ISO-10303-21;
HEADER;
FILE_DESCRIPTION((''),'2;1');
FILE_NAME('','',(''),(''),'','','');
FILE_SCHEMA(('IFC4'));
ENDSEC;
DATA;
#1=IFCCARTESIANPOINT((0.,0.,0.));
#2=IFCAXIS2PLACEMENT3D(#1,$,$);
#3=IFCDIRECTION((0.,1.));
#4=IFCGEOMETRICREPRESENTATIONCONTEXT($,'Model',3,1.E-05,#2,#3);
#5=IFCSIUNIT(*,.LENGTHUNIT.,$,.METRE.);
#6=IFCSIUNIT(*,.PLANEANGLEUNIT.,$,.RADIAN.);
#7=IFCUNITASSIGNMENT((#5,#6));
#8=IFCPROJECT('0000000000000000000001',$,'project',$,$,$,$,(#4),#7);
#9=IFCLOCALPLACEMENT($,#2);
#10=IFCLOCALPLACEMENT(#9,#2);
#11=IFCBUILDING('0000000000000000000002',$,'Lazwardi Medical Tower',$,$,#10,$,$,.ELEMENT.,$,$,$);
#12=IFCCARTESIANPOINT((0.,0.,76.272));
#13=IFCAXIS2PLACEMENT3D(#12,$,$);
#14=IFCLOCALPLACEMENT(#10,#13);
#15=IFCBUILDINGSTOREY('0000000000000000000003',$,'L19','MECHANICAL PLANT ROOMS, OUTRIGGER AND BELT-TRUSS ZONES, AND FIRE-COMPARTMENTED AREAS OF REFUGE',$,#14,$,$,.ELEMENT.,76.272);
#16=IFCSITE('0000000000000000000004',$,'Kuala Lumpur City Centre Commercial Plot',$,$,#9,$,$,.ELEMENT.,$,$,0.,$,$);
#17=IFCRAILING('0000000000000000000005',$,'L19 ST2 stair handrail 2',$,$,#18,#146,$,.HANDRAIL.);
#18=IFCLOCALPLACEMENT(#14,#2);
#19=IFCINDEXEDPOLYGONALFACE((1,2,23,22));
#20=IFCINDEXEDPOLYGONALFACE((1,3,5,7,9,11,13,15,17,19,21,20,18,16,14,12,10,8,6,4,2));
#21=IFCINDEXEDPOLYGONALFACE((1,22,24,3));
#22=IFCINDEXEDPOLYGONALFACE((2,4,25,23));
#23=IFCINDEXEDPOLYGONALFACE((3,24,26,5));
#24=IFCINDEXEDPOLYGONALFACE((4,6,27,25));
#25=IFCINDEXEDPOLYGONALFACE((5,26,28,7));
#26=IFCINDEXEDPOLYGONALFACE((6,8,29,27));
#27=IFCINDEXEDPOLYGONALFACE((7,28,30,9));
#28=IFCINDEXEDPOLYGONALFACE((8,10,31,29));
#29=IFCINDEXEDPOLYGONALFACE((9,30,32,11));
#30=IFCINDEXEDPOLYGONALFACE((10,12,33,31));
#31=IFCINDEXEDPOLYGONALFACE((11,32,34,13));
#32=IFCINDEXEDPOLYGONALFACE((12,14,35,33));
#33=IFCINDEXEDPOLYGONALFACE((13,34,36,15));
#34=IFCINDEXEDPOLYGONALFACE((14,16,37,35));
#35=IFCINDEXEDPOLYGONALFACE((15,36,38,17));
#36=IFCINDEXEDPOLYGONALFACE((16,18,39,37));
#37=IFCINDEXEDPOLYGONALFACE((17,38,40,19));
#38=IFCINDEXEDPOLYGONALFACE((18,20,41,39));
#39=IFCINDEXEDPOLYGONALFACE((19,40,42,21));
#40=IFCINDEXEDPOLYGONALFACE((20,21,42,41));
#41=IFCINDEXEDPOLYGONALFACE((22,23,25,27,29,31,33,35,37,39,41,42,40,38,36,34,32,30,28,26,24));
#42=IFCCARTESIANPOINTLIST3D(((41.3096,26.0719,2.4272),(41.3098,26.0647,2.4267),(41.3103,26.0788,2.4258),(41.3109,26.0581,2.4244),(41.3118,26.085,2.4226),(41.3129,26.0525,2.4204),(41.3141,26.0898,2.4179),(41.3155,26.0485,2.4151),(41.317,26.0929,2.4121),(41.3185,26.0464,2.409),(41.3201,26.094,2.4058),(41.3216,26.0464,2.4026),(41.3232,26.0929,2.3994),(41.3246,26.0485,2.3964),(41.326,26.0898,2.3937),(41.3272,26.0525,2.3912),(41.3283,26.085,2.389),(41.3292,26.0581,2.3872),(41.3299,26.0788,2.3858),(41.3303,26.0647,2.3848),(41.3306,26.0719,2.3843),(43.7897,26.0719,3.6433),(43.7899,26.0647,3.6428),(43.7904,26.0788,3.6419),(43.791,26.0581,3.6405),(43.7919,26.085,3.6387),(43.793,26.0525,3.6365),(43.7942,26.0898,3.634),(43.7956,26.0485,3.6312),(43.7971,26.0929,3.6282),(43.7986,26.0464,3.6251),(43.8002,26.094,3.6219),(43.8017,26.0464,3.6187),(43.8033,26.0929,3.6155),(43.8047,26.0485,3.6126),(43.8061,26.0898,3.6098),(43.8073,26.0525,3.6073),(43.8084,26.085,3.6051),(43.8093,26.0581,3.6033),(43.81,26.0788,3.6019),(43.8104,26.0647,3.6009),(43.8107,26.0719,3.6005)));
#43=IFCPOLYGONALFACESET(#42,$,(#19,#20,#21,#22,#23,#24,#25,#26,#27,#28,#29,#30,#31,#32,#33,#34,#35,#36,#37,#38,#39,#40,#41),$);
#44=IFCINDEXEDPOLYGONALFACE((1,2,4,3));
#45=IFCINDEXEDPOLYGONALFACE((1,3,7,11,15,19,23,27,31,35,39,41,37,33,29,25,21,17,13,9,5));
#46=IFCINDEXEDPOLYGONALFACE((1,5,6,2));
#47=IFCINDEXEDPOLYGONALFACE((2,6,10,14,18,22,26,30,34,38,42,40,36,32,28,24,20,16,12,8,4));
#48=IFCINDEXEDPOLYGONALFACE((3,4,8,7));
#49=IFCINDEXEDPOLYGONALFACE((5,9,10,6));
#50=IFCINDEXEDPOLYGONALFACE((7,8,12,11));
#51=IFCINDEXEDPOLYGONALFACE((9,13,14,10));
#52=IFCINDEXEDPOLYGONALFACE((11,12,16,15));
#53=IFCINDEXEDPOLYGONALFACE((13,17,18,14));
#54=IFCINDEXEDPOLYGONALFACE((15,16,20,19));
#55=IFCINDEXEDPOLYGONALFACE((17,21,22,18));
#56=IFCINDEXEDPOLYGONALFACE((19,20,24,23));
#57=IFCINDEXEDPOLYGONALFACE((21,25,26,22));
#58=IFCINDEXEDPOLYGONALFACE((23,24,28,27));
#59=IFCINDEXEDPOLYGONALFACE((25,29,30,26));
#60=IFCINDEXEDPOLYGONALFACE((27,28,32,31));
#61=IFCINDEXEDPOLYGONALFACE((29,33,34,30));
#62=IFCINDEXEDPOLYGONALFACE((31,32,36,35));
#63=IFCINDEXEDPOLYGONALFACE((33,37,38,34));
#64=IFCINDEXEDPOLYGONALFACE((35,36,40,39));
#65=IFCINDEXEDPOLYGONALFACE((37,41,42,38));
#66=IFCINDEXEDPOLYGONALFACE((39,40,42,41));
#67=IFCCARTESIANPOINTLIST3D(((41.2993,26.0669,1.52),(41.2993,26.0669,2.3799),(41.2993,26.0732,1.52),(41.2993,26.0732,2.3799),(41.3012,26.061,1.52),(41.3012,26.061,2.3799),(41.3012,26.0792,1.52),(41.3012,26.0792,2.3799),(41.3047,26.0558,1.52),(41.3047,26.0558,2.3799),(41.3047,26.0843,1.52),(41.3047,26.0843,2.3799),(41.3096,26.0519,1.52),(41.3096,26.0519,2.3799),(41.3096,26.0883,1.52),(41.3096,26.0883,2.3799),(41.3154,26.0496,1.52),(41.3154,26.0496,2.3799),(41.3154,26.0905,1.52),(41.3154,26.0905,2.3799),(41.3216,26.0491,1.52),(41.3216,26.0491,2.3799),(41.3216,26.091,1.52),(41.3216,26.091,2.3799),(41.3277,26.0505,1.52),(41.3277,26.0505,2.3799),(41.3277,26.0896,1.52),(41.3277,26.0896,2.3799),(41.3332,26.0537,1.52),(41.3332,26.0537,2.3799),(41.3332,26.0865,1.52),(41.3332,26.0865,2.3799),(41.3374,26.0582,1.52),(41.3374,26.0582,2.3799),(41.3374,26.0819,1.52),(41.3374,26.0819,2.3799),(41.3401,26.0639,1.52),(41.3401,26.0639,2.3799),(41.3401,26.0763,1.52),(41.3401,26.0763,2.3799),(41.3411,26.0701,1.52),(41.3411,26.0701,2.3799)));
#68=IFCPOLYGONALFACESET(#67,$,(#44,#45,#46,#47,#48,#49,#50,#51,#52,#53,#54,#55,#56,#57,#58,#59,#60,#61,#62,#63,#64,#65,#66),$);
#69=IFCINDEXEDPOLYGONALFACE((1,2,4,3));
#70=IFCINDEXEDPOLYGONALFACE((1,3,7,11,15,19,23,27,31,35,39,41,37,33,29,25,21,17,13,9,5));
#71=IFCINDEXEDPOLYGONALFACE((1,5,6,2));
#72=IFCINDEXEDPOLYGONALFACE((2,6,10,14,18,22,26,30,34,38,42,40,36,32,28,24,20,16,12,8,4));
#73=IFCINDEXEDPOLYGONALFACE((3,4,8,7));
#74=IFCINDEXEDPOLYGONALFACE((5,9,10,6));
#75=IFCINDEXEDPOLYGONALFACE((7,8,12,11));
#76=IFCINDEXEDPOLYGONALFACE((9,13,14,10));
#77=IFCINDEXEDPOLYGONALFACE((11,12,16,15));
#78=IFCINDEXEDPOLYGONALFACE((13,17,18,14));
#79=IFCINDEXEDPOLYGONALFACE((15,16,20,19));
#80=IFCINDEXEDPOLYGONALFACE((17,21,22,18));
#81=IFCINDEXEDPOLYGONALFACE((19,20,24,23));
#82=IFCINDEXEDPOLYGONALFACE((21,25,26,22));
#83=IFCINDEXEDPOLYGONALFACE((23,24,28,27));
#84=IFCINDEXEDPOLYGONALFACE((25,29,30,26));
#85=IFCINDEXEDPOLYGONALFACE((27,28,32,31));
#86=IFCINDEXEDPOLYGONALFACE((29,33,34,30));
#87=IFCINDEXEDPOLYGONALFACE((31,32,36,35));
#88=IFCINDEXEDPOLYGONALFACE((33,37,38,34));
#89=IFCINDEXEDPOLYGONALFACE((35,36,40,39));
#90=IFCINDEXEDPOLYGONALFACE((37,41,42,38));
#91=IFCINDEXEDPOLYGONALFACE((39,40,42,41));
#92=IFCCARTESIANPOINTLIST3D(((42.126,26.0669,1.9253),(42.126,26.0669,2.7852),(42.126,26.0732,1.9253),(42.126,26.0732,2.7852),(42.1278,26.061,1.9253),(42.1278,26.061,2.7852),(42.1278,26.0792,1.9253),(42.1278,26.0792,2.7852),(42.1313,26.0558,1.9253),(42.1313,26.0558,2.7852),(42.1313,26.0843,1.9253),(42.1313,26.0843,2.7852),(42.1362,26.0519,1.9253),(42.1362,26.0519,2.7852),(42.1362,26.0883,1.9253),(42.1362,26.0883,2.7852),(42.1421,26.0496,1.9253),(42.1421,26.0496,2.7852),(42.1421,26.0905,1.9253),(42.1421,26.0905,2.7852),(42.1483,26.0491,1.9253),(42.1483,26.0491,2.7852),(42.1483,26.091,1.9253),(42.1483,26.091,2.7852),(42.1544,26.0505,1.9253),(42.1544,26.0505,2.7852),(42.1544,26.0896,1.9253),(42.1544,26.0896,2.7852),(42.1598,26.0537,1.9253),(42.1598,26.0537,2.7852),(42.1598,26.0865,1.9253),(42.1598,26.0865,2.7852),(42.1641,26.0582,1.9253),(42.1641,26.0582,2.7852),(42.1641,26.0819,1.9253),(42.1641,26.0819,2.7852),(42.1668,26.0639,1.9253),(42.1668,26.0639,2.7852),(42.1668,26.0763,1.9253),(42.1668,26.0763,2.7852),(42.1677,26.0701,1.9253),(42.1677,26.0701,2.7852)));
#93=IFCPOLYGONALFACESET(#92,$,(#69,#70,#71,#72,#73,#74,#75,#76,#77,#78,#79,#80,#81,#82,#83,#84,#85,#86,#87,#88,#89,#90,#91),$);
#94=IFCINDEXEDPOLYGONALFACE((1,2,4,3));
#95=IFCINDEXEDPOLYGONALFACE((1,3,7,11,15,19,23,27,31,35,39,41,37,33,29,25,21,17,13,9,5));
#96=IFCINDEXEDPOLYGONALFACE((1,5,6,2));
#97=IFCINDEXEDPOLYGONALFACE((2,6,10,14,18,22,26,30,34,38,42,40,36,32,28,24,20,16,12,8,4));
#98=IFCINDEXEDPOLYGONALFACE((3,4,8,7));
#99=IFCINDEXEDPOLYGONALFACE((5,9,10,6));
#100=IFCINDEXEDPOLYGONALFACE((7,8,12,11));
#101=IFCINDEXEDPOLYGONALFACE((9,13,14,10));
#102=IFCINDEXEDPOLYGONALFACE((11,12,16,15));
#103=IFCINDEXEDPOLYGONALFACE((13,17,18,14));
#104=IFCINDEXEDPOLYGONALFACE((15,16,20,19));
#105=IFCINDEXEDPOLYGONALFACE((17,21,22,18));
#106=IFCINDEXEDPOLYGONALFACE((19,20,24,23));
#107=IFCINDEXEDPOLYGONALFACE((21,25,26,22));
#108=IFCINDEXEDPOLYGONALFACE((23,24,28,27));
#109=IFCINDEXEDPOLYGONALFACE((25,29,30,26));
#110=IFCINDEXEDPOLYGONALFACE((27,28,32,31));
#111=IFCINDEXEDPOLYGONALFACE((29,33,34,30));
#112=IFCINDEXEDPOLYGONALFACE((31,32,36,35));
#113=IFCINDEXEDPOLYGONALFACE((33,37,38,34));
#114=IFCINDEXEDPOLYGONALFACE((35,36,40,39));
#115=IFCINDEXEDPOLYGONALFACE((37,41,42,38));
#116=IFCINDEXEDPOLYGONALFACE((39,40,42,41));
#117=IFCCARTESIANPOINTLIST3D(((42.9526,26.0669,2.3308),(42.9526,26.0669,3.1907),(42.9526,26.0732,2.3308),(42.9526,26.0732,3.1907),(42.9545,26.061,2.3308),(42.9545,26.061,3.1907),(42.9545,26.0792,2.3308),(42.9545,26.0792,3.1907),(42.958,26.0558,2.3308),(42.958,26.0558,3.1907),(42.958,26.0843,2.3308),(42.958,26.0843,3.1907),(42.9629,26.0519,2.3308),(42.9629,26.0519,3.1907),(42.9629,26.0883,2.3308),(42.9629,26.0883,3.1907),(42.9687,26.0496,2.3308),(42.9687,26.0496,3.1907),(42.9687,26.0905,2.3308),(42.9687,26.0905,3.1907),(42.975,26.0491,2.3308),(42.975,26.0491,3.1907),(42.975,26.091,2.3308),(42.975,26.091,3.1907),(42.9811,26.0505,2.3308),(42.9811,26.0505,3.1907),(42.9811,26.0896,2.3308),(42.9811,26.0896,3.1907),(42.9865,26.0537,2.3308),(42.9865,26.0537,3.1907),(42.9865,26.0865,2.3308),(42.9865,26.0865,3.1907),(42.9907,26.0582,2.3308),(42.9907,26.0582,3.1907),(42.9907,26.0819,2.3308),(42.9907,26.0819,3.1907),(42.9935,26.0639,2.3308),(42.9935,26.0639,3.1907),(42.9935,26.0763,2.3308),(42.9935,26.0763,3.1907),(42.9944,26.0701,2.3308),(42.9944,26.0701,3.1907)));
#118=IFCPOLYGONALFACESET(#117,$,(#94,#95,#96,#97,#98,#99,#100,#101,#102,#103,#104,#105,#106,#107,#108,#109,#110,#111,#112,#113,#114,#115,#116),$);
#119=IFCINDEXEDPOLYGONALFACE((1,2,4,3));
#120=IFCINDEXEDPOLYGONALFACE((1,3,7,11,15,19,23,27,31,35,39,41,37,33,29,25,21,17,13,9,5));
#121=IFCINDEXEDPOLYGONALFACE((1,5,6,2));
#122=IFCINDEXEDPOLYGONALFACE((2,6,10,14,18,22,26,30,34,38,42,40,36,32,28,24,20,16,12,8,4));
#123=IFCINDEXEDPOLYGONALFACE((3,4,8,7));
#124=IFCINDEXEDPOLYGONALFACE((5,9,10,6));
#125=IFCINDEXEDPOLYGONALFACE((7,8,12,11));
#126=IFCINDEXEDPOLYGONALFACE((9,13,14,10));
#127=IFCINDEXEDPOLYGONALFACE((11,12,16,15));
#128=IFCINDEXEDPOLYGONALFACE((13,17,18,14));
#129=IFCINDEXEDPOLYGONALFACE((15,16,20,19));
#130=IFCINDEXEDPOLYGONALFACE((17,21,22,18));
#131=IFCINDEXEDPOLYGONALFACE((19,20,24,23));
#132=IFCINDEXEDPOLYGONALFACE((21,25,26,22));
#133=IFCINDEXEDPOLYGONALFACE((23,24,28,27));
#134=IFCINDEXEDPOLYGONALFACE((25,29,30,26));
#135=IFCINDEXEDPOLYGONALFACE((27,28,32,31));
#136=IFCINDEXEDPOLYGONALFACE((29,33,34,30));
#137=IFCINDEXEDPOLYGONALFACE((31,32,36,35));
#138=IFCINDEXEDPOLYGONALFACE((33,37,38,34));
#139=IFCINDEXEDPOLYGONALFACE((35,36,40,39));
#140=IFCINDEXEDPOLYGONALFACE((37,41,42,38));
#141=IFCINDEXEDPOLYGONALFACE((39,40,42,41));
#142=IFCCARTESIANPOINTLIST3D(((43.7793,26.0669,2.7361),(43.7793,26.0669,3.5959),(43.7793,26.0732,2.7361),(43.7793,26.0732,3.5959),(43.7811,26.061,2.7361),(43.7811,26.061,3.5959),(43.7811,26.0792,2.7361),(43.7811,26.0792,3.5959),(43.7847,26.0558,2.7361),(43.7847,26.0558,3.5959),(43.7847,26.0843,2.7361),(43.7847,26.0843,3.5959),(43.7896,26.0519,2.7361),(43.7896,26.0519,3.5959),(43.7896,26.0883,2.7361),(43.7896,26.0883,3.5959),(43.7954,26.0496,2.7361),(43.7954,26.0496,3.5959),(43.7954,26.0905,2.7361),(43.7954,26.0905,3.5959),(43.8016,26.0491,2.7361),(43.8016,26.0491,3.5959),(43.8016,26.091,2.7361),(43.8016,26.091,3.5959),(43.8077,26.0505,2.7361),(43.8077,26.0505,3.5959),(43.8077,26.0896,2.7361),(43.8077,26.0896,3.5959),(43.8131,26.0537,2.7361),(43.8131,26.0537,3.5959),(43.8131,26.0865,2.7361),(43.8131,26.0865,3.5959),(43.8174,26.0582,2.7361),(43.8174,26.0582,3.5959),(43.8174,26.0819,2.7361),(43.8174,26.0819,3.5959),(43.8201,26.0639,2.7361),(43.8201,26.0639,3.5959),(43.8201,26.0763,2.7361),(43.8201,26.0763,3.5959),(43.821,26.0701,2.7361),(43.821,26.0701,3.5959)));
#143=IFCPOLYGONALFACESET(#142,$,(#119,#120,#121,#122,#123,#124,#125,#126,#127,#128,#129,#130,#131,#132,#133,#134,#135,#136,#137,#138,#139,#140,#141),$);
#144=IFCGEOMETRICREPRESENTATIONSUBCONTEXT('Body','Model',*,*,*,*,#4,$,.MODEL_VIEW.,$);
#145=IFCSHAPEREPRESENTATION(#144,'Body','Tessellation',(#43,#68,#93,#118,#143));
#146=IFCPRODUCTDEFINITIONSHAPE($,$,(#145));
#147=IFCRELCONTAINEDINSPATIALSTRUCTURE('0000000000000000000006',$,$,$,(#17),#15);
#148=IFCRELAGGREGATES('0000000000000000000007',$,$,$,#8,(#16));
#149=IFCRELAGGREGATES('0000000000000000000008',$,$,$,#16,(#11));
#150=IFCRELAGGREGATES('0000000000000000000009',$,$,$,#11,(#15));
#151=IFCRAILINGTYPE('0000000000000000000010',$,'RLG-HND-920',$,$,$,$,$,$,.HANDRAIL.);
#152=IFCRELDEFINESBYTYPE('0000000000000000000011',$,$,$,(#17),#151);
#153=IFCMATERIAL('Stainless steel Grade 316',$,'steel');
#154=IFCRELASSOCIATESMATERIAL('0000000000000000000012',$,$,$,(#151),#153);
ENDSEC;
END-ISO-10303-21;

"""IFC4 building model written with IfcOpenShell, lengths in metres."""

from ifc_helpers import new_model, si_unit, direction, frame, origin, origin_2d, place, context, subcontext, project, spatial, circle, extrude, material, type_object, element, save


model = new_model("IFC4")

# Units and contexts
model_context = context("Model", 3, precision=1e-05, world=origin(), true_north=direction((0.0, 1.0)))
body_context = subcontext(model_context, "Body", "Model", "MODEL_VIEW")
ifc_project = project(units=[si_unit("LENGTHUNIT", "METRE"), si_unit("PLANEANGLEUNIT", "RADIAN")], contexts=[model_context])

# Site, building, storey
site_placement = place(None, origin())
site = spatial("IfcSite", under=ifc_project, at=site_placement, Name="Kuala Lumpur City Centre Commercial Plot", CompositionType="ELEMENT", RefElevation=0.0)
building_placement = place(site_placement, origin())
building = spatial("IfcBuilding", under=site, at=building_placement, Name="Lazwardi Medical Tower", CompositionType="ELEMENT")
storey_placement = place(building_placement, frame((0.0, 0.0, 76.272)))
storey = spatial("IfcBuildingStorey", under=building, at=storey_placement, Name="L19", Description="MECHANICAL PLANT ROOMS, OUTRIGGER AND BELT-TRUSS ZONES, AND FIRE-COMPARTMENTED AREAS OF REFUGE", CompositionType="ELEMENT", Elevation=76.272)

# Railing
ifc_material_1 = material(Name="Stainless steel Grade 316", Category="steel")
railing_type_1 = type_object("IfcRailingType", Name="RLG-HND-920", PredefinedType="HANDRAIL", material=ifc_material_1)
railing_1_placement = place(storey_placement, frame((41.3201, 26.0701, 1.52)))
element("IfcRailing", 1, at=railing_1_placement, inside=storey, type_object=railing_type_1, Name="L19 ST2 stair handrail 2", PredefinedType="HANDRAIL", context=body_context, shape_type="SweptSolid", body=[
    extrude(circle(Radius=0.0239, at=origin_2d()), frame((0.0, 0.0, 0.8857), z_axis=(0.897865, 0.0, 0.44027), x_axis=(0.0, 1.0, 0.0)), (0.0, 0.0, 1.0), 2.7622),
    extrude(circle(Radius=0.021, at=origin_2d()), origin(), (0.0, 0.0, 1.0), 0.8599),
    extrude(circle(Radius=0.021, at=origin_2d()), frame((0.8267, 0.0, 0.4053)), (0.0, 0.0, 1.0), 0.8599),
    extrude(circle(Radius=0.021, at=origin_2d()), frame((1.6533, 0.0, 0.8108)), (0.0, 0.0, 1.0), 0.8599),
    extrude(circle(Radius=0.021, at=origin_2d()), frame((2.48, 0.0, 1.2161)), (0.0, 0.0, 1.0), 0.8599),
])

save(model, "model.ifc")
